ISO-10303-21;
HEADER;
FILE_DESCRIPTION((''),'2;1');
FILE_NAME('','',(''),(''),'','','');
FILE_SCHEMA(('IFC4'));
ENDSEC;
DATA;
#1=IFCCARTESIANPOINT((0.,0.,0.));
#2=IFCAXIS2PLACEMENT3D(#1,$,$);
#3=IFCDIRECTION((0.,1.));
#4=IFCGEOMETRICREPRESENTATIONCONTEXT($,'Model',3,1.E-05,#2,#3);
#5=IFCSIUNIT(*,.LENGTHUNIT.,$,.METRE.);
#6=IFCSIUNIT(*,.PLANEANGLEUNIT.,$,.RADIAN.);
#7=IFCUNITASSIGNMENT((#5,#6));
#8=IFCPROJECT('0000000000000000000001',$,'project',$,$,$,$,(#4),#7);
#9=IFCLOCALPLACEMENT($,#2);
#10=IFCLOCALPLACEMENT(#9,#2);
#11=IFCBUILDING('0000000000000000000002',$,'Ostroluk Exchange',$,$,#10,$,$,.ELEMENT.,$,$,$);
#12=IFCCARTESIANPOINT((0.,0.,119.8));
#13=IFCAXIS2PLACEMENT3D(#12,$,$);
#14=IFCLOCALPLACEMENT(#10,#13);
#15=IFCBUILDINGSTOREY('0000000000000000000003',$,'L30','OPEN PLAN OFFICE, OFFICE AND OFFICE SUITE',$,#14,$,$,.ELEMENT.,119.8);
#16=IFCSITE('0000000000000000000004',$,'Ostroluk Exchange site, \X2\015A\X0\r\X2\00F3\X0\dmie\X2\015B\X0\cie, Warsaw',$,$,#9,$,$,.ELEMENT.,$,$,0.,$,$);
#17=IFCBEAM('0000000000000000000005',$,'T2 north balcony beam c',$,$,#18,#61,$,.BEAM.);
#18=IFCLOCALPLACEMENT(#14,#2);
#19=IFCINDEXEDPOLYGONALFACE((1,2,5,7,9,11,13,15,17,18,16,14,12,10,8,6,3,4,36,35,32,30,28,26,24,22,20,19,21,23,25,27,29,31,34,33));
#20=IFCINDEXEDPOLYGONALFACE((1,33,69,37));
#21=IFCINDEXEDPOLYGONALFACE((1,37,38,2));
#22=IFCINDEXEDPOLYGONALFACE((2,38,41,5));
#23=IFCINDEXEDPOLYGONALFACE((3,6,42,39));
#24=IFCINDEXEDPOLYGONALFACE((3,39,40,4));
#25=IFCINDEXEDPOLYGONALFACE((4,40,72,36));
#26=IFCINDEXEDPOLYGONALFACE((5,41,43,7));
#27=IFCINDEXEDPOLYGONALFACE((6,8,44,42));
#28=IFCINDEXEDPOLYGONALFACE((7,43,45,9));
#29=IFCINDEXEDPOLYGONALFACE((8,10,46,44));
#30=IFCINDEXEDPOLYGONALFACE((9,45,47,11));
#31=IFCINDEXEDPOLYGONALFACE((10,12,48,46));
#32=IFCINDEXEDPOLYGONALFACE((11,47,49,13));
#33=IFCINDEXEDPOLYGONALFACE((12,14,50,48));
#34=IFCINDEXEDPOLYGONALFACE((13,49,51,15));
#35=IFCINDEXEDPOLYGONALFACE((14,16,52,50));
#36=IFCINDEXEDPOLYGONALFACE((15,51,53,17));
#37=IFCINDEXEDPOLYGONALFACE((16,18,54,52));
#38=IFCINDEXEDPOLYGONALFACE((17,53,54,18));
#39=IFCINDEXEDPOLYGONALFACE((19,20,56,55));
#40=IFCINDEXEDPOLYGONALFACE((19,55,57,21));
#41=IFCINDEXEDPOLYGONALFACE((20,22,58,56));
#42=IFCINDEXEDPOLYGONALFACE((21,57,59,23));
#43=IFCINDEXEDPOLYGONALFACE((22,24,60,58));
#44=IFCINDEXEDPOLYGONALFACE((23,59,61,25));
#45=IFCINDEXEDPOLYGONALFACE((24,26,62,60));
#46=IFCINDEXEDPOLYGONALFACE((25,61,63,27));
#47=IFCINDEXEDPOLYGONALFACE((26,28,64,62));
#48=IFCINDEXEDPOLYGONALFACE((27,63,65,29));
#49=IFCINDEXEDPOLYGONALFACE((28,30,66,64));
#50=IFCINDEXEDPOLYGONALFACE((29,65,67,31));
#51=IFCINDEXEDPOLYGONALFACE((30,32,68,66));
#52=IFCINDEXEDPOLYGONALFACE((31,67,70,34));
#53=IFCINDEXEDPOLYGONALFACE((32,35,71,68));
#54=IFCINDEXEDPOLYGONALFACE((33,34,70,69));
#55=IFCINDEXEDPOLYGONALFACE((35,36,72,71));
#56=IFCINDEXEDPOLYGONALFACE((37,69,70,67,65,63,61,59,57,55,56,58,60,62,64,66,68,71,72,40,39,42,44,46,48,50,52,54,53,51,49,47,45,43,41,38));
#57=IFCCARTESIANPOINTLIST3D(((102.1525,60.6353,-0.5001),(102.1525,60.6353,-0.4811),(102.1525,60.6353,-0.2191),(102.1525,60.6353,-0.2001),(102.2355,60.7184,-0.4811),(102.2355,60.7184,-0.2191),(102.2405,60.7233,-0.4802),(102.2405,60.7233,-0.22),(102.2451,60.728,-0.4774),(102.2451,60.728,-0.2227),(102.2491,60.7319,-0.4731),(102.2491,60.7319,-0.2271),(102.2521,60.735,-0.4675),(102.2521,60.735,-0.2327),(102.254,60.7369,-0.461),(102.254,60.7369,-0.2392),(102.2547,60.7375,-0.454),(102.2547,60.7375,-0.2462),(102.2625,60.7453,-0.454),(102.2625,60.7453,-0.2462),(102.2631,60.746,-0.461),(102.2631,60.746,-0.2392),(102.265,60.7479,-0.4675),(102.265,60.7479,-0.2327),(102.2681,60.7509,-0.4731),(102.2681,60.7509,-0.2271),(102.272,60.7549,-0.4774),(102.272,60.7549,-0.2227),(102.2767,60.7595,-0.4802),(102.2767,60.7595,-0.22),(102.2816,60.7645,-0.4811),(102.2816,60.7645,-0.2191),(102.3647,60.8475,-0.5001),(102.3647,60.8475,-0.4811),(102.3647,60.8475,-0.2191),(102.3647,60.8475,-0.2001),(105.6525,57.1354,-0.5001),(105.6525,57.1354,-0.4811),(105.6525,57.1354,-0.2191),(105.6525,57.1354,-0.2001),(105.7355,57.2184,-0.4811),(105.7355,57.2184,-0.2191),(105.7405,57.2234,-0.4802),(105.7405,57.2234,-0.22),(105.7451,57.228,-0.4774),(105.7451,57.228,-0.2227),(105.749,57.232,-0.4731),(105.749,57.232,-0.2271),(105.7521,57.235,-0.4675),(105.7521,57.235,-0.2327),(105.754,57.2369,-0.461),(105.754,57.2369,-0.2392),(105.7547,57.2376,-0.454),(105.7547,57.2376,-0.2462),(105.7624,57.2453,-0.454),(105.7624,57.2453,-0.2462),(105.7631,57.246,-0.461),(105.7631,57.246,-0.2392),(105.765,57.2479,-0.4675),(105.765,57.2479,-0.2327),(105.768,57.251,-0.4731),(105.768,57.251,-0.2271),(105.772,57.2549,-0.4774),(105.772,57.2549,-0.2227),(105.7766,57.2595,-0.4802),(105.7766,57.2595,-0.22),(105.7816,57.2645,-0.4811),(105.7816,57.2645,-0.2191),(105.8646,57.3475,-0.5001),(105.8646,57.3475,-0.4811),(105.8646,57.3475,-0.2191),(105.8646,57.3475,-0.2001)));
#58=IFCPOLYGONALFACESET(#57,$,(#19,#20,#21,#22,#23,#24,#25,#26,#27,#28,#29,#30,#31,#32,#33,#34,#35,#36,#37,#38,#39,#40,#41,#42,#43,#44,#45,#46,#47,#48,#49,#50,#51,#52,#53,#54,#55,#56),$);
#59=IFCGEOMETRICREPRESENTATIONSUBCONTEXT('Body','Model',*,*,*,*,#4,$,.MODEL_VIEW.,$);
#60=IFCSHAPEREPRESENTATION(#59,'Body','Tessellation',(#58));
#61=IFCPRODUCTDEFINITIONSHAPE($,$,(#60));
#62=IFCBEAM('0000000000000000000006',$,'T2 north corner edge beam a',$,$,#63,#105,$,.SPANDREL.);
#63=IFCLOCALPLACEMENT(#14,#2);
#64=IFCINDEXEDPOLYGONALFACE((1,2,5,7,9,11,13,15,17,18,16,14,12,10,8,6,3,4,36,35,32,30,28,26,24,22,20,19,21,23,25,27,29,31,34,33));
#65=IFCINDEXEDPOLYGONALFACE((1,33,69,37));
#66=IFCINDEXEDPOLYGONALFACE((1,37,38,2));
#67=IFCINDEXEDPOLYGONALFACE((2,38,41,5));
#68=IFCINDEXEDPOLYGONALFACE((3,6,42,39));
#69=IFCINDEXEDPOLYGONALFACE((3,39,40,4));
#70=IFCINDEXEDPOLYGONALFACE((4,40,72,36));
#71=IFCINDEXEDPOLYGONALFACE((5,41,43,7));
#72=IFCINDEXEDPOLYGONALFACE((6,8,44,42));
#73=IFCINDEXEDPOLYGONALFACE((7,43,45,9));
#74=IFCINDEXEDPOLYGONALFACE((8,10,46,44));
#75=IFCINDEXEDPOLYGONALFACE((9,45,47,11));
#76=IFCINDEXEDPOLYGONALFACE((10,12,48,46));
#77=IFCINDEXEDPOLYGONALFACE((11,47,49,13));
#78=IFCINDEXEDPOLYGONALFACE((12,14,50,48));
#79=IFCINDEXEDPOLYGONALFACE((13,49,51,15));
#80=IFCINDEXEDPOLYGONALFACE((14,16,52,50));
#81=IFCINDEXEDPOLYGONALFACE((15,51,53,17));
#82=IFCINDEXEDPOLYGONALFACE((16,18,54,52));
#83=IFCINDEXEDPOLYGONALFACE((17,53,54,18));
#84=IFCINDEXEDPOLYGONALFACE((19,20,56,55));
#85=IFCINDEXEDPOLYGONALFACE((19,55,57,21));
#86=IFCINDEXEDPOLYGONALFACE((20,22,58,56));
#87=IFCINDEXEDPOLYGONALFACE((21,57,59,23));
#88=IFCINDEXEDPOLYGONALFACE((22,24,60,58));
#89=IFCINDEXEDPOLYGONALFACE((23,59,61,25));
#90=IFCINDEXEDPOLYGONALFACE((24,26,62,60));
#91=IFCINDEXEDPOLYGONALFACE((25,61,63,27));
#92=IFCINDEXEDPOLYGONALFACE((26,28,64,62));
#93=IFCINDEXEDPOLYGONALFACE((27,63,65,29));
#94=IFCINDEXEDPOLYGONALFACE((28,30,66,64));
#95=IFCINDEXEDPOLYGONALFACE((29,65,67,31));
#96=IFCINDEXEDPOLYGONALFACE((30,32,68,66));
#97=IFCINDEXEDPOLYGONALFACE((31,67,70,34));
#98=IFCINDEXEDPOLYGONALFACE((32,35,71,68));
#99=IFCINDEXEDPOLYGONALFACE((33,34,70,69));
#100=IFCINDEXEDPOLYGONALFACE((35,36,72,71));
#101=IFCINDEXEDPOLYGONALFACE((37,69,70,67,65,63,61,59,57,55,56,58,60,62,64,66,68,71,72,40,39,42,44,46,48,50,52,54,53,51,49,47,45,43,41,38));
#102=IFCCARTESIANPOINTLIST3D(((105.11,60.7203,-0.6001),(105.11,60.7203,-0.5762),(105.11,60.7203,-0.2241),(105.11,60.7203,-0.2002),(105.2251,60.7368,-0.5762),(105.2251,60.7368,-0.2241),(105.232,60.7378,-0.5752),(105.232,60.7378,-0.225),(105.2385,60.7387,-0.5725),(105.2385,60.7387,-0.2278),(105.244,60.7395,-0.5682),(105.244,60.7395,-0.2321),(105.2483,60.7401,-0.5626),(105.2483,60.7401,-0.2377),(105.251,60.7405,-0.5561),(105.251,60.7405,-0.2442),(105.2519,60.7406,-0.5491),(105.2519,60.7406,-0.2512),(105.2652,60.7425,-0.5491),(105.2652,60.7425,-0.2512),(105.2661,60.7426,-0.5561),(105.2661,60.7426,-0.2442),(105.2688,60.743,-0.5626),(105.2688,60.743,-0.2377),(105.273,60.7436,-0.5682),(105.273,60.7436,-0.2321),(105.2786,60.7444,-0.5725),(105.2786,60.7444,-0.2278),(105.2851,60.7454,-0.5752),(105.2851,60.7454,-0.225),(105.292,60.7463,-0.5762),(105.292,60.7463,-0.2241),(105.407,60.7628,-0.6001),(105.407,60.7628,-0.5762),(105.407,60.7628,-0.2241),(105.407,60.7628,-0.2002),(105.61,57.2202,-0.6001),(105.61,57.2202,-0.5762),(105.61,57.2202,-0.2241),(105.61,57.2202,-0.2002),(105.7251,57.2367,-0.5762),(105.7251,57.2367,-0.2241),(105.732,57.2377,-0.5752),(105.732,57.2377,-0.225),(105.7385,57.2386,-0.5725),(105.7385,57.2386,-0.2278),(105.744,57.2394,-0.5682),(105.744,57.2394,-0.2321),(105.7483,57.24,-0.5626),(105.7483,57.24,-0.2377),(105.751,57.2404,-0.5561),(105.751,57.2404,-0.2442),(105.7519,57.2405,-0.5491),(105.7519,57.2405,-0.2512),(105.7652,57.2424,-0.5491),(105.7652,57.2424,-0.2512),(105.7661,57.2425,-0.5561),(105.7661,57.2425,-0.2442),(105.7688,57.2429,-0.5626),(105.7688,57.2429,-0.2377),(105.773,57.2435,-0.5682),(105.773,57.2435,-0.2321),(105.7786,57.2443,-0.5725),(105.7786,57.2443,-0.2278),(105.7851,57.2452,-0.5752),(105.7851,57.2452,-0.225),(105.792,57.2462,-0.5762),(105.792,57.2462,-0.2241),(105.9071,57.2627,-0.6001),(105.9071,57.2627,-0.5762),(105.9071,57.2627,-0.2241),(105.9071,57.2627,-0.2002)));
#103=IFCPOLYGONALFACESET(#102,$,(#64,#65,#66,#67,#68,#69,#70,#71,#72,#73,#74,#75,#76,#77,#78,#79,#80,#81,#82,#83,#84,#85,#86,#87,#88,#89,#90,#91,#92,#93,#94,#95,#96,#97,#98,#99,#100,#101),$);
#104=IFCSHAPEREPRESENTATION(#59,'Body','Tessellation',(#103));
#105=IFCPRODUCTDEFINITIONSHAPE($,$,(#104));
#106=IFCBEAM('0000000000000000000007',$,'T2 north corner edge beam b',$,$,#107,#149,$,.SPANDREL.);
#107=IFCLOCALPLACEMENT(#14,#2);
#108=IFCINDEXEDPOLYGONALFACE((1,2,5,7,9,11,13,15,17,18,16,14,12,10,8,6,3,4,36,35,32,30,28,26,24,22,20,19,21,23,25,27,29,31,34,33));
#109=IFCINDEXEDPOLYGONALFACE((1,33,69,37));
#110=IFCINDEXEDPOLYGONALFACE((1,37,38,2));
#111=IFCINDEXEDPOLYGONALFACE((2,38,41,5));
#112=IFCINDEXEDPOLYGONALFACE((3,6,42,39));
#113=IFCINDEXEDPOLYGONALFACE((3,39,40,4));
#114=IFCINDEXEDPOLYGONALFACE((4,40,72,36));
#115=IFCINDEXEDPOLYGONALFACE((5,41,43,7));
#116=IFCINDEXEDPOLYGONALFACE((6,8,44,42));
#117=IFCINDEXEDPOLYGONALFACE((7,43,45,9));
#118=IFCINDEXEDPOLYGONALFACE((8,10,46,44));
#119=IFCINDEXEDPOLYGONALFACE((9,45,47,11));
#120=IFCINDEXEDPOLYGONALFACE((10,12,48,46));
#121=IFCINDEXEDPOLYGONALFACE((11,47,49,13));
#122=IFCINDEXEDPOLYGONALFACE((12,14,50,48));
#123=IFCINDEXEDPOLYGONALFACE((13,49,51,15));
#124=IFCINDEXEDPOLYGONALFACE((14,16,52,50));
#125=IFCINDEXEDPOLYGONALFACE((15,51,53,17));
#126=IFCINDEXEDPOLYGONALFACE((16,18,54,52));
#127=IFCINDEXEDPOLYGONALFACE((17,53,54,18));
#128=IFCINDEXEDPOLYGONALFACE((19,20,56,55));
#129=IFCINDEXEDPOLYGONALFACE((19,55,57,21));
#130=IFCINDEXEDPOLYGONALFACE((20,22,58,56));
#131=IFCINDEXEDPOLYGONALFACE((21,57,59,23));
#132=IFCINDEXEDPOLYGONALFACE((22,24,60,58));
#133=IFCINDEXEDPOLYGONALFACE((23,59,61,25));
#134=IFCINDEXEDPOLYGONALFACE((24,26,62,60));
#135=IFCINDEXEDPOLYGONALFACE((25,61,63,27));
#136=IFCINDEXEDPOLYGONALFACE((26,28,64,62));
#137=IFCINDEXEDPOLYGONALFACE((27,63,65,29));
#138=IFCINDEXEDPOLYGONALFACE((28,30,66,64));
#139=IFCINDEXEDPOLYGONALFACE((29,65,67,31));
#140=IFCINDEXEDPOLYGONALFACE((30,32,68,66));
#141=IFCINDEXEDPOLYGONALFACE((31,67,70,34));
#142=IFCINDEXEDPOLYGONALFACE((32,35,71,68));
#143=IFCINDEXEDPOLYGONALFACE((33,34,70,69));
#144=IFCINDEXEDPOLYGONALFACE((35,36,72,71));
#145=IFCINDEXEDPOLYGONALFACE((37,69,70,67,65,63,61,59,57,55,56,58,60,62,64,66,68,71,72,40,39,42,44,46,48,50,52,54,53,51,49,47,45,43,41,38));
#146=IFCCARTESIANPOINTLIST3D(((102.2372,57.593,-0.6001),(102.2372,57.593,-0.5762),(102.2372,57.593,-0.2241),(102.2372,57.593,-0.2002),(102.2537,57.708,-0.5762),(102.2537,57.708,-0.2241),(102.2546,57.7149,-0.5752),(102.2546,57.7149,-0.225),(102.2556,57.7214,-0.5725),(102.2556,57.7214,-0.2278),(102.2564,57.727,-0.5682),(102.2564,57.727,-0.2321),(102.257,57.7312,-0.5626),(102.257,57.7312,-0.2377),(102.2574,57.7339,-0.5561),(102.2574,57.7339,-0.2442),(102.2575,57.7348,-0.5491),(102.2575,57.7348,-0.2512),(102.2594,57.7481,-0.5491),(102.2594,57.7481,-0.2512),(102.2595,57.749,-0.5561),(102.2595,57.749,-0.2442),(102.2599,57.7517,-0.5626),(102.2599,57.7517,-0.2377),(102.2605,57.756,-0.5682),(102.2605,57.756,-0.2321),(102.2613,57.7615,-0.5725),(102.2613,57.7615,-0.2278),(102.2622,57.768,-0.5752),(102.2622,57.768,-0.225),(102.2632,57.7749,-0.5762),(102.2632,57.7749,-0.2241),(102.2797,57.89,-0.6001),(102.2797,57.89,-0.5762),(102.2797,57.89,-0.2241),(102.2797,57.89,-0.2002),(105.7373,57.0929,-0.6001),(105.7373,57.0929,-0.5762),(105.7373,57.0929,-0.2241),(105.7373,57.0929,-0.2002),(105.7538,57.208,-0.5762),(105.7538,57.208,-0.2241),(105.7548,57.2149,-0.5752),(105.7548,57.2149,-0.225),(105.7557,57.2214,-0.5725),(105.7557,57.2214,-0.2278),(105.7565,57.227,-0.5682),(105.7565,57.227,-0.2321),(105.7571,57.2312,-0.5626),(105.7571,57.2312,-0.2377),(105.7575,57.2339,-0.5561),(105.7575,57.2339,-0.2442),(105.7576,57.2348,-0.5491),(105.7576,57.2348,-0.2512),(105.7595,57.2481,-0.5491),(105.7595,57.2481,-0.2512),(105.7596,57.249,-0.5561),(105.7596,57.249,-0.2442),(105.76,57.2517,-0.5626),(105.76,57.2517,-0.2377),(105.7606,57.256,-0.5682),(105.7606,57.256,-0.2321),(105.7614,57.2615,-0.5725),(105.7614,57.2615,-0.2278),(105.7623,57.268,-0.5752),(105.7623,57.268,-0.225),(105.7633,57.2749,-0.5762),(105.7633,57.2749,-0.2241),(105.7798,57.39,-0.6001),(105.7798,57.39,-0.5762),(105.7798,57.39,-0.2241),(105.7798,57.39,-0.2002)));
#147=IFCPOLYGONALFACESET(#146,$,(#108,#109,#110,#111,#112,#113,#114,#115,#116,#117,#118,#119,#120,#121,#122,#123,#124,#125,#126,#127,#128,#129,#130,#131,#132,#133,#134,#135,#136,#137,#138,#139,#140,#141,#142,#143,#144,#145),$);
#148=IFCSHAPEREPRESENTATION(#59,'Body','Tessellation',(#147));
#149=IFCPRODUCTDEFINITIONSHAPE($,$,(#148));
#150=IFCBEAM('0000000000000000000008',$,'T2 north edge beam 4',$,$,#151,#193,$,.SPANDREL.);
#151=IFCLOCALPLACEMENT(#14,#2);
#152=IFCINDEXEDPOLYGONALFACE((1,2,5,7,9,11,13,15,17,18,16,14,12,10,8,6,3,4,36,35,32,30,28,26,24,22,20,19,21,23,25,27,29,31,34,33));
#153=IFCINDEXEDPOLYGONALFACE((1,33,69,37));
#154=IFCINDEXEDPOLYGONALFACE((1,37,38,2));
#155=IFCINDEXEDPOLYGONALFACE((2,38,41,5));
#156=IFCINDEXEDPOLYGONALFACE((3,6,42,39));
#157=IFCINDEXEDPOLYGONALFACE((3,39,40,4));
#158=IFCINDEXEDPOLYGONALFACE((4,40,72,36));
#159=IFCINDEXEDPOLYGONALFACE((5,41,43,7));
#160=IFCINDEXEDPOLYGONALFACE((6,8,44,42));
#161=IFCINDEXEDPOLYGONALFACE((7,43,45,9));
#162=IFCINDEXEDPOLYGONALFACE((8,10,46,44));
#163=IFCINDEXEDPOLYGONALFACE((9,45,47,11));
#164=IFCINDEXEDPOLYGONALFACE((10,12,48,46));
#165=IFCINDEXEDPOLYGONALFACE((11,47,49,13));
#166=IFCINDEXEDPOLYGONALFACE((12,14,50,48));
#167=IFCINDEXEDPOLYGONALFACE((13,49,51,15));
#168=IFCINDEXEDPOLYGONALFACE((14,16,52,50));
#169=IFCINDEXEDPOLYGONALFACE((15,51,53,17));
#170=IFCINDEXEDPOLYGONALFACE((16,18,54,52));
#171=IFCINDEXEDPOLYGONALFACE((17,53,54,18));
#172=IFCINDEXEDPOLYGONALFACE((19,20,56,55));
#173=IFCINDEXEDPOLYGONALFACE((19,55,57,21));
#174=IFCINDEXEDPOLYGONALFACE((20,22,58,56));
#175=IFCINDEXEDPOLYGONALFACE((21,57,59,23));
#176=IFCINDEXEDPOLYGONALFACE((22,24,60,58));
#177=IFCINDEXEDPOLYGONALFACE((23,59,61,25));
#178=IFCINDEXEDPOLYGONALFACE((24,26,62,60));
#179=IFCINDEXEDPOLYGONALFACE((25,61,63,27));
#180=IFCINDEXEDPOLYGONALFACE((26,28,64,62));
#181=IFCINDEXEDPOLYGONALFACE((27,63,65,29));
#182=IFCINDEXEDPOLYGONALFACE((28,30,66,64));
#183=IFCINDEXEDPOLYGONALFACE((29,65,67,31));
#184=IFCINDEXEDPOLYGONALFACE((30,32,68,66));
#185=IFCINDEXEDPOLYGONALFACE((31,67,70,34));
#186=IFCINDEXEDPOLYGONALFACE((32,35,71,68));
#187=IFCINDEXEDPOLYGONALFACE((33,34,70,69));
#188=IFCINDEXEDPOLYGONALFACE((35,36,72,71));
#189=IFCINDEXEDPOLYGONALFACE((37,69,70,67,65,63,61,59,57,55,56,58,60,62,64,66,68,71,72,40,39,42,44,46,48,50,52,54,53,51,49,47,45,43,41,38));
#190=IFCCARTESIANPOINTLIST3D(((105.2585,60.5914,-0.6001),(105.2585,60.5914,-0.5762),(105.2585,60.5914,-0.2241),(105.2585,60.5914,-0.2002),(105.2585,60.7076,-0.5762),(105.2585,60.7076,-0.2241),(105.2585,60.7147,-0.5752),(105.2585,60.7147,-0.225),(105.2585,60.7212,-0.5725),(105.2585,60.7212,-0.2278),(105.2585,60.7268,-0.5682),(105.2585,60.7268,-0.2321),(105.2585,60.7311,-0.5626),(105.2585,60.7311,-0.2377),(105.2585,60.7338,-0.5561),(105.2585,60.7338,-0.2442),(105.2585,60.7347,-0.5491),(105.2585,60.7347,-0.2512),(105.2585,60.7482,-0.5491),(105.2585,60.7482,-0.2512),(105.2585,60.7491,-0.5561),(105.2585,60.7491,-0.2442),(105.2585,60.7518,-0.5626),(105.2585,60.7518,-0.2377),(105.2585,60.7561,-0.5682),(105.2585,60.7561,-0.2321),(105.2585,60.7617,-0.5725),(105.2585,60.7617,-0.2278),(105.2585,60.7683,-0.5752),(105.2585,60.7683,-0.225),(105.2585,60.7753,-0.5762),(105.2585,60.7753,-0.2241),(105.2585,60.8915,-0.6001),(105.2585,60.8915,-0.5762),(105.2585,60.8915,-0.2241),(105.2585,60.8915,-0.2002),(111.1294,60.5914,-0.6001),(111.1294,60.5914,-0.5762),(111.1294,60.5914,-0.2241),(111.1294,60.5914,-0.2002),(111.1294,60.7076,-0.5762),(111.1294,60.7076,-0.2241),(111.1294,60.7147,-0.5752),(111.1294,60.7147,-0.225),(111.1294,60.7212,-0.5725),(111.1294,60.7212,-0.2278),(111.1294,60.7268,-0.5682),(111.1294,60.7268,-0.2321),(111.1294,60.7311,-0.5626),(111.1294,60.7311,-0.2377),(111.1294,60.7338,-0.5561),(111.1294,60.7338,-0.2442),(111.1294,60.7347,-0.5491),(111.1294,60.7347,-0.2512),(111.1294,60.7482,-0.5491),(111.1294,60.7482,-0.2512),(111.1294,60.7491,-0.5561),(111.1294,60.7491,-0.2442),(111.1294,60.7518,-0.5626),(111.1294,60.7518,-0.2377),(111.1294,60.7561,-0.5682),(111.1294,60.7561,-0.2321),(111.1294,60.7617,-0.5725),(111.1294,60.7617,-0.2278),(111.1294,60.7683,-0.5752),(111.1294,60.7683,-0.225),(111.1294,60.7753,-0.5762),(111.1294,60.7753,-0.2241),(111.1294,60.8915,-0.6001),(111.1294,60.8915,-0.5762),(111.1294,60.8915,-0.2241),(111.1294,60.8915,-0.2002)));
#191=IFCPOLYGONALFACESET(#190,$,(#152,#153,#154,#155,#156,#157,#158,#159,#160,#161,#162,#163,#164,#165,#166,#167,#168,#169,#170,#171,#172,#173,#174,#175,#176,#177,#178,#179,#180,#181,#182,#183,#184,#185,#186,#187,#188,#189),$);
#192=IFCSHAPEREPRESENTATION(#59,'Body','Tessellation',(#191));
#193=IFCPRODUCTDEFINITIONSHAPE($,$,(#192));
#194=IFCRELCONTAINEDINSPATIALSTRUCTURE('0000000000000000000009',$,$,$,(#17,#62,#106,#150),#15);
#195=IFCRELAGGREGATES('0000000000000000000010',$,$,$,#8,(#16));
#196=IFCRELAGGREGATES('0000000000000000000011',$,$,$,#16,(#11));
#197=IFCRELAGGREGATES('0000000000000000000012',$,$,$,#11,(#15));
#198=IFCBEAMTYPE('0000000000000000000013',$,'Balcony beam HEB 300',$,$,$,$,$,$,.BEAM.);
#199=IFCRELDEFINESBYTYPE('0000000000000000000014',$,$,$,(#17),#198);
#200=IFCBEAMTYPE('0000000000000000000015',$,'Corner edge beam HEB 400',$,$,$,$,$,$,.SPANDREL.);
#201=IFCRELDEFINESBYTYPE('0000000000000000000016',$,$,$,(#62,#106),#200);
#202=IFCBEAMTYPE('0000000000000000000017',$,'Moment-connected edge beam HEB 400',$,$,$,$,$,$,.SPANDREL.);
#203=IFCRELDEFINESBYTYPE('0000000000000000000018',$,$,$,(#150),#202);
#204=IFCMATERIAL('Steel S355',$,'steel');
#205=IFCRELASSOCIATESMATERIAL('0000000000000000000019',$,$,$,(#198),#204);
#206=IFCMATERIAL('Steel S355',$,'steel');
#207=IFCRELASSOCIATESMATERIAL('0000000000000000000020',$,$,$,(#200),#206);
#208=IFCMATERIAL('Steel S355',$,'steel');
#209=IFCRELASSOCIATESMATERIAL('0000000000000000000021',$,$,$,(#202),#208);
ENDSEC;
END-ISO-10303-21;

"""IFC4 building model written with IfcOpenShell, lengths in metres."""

from ifc_helpers import new_model, si_unit, direction, frame, origin, origin_2d, place, context, subcontext, project, spatial, i_section, extrude, material, material_profile, profile_set, type_object, element, save


model = new_model("IFC4")

# Units and contexts
model_context = context("Model", 3, precision=1e-05, world=origin(), true_north=direction((0.0, 1.0)))
body_context = subcontext(model_context, "Body", "Model", "MODEL_VIEW")
ifc_project = project(units=[si_unit("LENGTHUNIT", "METRE"), si_unit("PLANEANGLEUNIT", "RADIAN")], contexts=[model_context])

# Site, building, storey
site_placement = place(None, origin())
site = spatial("IfcSite", under=ifc_project, at=site_placement, Name="Ostroluk Exchange site, Śródmieście, Warsaw", CompositionType="ELEMENT", RefElevation=0.0)
building_placement = place(site_placement, origin())
building = spatial("IfcBuilding", under=site, at=building_placement, Name="Ostroluk Exchange", CompositionType="ELEMENT")
storey_placement = place(building_placement, frame((0.0, 0.0, 119.8)))
storey = spatial("IfcBuildingStorey", under=building, at=storey_placement, Name="L30", Description="OPEN PLAN OFFICE, OFFICE AND OFFICE SUITE", CompositionType="ELEMENT", Elevation=119.8)

# Beams
ifc_material_1 = material(Name="Steel S355", Category="steel")
ifc_material_profile_1 = material_profile(ifc_material_1, i_section(OverallWidth=0.3, OverallDepth=0.3, WebThickness=0.011, FlangeThickness=0.019, FilletRadius=0.0271, at=origin_2d()), Name="HEB 300")
ifc_profile_set_1 = profile_set([ifc_material_profile_1], Name="Steel S355")
beam_type_1 = type_object("IfcBeamType", Name="Balcony beam HEB 300", PredefinedType="BEAM", material=ifc_profile_set_1)
beam_1_placement = place(storey_placement, frame((105.7585, 57.2415, -0.3501), z_axis=(-0.707107, 0.707107, 0.0), x_axis=(-0.707107, -0.707107, 0.0)))
element("IfcBeam", 1, at=beam_1_placement, inside=storey, type_object=beam_type_1, Name="T2 north balcony beam c", PredefinedType="BEAM", context=body_context, shape_type="SweptSolid", body=[
    extrude(i_section(OverallWidth=0.3, OverallDepth=0.3, WebThickness=0.011, FlangeThickness=0.019, FilletRadius=0.0271, at=origin_2d()), origin(), (0.0, 0.0, 1.0), 4.9497),
])
ifc_material_2 = material(Name="Steel S355", Category="steel")
ifc_material_profile_2 = material_profile(ifc_material_2, i_section(OverallWidth=0.3, OverallDepth=0.3999, WebThickness=0.0134, FlangeThickness=0.0239, FilletRadius=0.0271, at=origin_2d()), Name="HEB 400")
ifc_profile_set_2 = profile_set([ifc_material_profile_2], Name="Steel S355")
beam_type_2 = type_object("IfcBeamType", Name="Corner edge beam HEB 400", PredefinedType="SPANDREL", material=ifc_profile_set_2)
for number, where, z_axis, x_axis, name in (
    (2, (105.7585, 57.2415, -0.4001), (-0.141421, 0.989949, 0.0), (-0.989949, -0.141421, 0.0), "T2 north corner edge beam a"),
    (3, (105.7585, 57.2415, -0.4001), (-0.989949, 0.141421, 0.0), (-0.141421, -0.989949, 0.0), "T2 north corner edge beam b"),
):
    element("IfcBeam", number, at=place(storey_placement, frame(where, z_axis=z_axis, x_axis=x_axis)), inside=storey, type_object=beam_type_2, Name=name, PredefinedType="SPANDREL", context=body_context, shape_type="SweptSolid", body=[
        extrude(i_section(OverallWidth=0.3, OverallDepth=0.3999, WebThickness=0.0134, FlangeThickness=0.0239, FilletRadius=0.0271, at=origin_2d()), origin(), (0.0, 0.0, 1.0), 3.5356),
    ])
ifc_material_3 = material(Name="Steel S355", Category="steel")
ifc_material_profile_3 = material_profile(ifc_material_3, i_section(OverallWidth=0.3, OverallDepth=0.3999, WebThickness=0.0134, FlangeThickness=0.0239, FilletRadius=0.0271, at=origin_2d()), Name="HEB 400")
ifc_profile_set_3 = profile_set([ifc_material_profile_3], Name="Steel S355")
beam_type_3 = type_object("IfcBeamType", Name="Moment-connected edge beam HEB 400", PredefinedType="SPANDREL", material=ifc_profile_set_3)
beam_2_placement = place(storey_placement, frame((111.1294, 60.7415, -0.4001), z_axis=(-1.0, 0.0, 0.0), x_axis=(0.0, -1.0, 0.0)))
element("IfcBeam", 4, at=beam_2_placement, inside=storey, type_object=beam_type_3, Name="T2 north edge beam 4", PredefinedType="SPANDREL", context=body_context, shape_type="SweptSolid", body=[
    extrude(i_section(OverallWidth=0.3, OverallDepth=0.3999, WebThickness=0.0134, FlangeThickness=0.0239, FilletRadius=0.0271, at=origin_2d()), origin(), (0.0, 0.0, 1.0), 5.8708),
])

save(model, "model.ifc")
